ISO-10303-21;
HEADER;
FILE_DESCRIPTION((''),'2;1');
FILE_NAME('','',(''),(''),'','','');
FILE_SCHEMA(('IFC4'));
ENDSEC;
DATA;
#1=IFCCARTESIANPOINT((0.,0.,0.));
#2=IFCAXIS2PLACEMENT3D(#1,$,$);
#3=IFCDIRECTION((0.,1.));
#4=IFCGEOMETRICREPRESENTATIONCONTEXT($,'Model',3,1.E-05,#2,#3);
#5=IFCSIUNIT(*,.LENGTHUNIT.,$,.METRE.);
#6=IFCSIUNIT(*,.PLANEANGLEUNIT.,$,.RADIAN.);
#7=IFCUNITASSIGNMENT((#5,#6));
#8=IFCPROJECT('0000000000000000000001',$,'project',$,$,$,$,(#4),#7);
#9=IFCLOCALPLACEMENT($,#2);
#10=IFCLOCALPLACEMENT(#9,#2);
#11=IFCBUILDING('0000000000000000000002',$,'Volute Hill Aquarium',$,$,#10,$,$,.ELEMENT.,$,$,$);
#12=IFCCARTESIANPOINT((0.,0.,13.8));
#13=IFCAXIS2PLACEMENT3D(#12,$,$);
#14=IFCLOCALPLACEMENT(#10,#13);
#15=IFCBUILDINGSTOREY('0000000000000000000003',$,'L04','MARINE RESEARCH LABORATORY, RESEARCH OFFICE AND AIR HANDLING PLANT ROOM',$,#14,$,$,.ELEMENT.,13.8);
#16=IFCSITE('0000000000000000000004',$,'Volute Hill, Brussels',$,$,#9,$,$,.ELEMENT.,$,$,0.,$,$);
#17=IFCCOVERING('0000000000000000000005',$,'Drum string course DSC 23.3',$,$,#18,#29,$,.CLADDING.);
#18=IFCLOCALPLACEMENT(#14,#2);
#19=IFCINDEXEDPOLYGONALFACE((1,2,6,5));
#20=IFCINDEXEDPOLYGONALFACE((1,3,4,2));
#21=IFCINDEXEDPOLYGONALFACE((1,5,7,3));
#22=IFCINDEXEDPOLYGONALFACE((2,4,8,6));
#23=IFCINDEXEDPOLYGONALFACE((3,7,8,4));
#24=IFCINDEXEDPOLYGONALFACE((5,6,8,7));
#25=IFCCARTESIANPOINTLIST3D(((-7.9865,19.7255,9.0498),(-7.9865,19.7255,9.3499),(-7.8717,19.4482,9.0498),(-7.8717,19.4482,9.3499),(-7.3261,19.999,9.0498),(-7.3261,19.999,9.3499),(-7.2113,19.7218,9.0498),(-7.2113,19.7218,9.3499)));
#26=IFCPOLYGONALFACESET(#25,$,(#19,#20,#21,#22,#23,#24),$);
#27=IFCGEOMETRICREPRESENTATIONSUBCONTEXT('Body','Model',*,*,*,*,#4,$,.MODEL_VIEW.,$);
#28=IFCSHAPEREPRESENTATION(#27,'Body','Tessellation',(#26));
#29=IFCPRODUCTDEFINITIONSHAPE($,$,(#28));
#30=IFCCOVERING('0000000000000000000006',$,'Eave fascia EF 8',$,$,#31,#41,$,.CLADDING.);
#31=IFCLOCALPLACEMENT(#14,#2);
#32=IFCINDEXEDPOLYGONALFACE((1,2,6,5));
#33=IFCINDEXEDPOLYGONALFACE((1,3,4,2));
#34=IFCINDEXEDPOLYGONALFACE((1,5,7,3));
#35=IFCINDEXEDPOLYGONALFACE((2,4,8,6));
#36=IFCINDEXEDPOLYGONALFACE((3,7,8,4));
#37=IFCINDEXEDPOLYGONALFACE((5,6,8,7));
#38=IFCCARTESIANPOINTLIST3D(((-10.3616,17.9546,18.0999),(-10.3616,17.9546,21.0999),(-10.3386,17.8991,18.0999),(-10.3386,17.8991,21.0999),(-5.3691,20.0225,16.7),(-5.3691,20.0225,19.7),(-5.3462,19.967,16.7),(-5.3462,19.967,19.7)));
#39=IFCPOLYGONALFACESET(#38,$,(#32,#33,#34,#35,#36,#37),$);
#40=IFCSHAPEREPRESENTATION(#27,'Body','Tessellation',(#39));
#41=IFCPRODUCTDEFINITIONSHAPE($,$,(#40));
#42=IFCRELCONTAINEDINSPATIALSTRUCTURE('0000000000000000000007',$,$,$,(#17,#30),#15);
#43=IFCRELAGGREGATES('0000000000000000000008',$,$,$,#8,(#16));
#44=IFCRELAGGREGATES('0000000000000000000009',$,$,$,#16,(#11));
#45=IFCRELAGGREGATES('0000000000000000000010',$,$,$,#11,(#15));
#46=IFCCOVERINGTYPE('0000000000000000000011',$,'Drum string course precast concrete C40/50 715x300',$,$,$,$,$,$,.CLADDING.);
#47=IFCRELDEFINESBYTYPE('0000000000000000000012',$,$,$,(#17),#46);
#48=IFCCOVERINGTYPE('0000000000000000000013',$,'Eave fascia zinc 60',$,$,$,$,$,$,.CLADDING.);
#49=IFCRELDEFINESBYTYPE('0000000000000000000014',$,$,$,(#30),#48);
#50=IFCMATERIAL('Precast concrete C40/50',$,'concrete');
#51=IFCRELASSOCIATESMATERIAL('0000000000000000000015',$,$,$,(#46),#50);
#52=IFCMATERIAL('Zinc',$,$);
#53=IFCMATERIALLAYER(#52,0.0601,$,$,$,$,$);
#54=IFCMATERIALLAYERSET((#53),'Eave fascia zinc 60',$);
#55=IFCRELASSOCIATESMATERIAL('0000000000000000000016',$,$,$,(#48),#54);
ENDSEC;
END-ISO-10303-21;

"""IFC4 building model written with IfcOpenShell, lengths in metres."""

from ifc_helpers import new_model, si_unit, direction, frame, origin, origin_2d, place, context, subcontext, project, spatial, polyline, rectangle, outline, extrude, material, layer, layer_set, type_object, element, save


model = new_model("IFC4")

# Units and contexts
model_context = context("Model", 3, precision=1e-05, world=origin(), true_north=direction((0.0, 1.0)))
body_context = subcontext(model_context, "Body", "Model", "MODEL_VIEW")
ifc_project = project(units=[si_unit("LENGTHUNIT", "METRE"), si_unit("PLANEANGLEUNIT", "RADIAN")], contexts=[model_context])

# Site, building, storey
site_placement = place(None, origin())
site = spatial("IfcSite", under=ifc_project, at=site_placement, Name="Volute Hill, Brussels", CompositionType="ELEMENT", RefElevation=0.0)
building_placement = place(site_placement, origin())
building = spatial("IfcBuilding", under=site, at=building_placement, Name="Volute Hill Aquarium", CompositionType="ELEMENT")
storey_placement = place(building_placement, frame((0.0, 0.0, 13.8)))
storey = spatial("IfcBuildingStorey", under=building, at=storey_placement, Name="L04", Description="MARINE RESEARCH LABORATORY, RESEARCH OFFICE AND AIR HANDLING PLANT ROOM", CompositionType="ELEMENT", Elevation=13.8)

# Coverings
ifc_material_1 = material(Name="Precast concrete C40/50", Category="concrete")
covering_type_1 = type_object("IfcCoveringType", Name="Drum string course precast concrete C40/50 715x300", PredefinedType="CLADDING", material=ifc_material_1)
for number, where, z_axis, x_axis, name in (
    (1, (-7.5989, 19.7236, 9.0498), (0.0, 0.0, 1.0), (-0.92388, -0.382683, 0.0), "Drum string course DSC 23.3"),
):
    element("IfcCovering", number, at=place(storey_placement, frame(where, z_axis=z_axis, x_axis=x_axis)), inside=storey, type_object=covering_type_1, Name=name, PredefinedType="CLADDING", context=body_context, shape_type="SweptSolid", body=[
        extrude(rectangle(XDim=0.7148, YDim=0.3, at=origin_2d()), origin(), (0.0, 0.0, 1.0), 0.3),
    ])
ifc_material_2 = material(Name="Zinc")
ifc_layer_1 = layer(ifc_material_2, 0.0601)
ifc_layer_set_1 = layer_set([ifc_layer_1], Name="Eave fascia zinc 60")
covering_type_2 = type_object("IfcCoveringType", Name="Eave fascia zinc 60", PredefinedType="CLADDING", material=ifc_layer_set_1)
covering_1_placement = place(storey_placement, frame((-5.3691, 20.0225, 16.7), z_axis=(-0.382674, 0.923884, 0.0), x_axis=(-0.894359, -0.370445, 0.250783)))
element("IfcCovering", 2, at=covering_1_placement, inside=storey, type_object=covering_type_2, Name="Eave fascia EF 8", PredefinedType="CLADDING", context=body_context, shape_type="SweptSolid", body=[
    extrude(outline(polyline([(0.0, 0.0), (5.5821, 0.0), (6.3345, 2.9041), (0.7523, 2.9041), (0.0, 0.0)])), origin(), (0.0, 0.0, -1.0), 0.0601),
])

save(model, "model.ifc")
